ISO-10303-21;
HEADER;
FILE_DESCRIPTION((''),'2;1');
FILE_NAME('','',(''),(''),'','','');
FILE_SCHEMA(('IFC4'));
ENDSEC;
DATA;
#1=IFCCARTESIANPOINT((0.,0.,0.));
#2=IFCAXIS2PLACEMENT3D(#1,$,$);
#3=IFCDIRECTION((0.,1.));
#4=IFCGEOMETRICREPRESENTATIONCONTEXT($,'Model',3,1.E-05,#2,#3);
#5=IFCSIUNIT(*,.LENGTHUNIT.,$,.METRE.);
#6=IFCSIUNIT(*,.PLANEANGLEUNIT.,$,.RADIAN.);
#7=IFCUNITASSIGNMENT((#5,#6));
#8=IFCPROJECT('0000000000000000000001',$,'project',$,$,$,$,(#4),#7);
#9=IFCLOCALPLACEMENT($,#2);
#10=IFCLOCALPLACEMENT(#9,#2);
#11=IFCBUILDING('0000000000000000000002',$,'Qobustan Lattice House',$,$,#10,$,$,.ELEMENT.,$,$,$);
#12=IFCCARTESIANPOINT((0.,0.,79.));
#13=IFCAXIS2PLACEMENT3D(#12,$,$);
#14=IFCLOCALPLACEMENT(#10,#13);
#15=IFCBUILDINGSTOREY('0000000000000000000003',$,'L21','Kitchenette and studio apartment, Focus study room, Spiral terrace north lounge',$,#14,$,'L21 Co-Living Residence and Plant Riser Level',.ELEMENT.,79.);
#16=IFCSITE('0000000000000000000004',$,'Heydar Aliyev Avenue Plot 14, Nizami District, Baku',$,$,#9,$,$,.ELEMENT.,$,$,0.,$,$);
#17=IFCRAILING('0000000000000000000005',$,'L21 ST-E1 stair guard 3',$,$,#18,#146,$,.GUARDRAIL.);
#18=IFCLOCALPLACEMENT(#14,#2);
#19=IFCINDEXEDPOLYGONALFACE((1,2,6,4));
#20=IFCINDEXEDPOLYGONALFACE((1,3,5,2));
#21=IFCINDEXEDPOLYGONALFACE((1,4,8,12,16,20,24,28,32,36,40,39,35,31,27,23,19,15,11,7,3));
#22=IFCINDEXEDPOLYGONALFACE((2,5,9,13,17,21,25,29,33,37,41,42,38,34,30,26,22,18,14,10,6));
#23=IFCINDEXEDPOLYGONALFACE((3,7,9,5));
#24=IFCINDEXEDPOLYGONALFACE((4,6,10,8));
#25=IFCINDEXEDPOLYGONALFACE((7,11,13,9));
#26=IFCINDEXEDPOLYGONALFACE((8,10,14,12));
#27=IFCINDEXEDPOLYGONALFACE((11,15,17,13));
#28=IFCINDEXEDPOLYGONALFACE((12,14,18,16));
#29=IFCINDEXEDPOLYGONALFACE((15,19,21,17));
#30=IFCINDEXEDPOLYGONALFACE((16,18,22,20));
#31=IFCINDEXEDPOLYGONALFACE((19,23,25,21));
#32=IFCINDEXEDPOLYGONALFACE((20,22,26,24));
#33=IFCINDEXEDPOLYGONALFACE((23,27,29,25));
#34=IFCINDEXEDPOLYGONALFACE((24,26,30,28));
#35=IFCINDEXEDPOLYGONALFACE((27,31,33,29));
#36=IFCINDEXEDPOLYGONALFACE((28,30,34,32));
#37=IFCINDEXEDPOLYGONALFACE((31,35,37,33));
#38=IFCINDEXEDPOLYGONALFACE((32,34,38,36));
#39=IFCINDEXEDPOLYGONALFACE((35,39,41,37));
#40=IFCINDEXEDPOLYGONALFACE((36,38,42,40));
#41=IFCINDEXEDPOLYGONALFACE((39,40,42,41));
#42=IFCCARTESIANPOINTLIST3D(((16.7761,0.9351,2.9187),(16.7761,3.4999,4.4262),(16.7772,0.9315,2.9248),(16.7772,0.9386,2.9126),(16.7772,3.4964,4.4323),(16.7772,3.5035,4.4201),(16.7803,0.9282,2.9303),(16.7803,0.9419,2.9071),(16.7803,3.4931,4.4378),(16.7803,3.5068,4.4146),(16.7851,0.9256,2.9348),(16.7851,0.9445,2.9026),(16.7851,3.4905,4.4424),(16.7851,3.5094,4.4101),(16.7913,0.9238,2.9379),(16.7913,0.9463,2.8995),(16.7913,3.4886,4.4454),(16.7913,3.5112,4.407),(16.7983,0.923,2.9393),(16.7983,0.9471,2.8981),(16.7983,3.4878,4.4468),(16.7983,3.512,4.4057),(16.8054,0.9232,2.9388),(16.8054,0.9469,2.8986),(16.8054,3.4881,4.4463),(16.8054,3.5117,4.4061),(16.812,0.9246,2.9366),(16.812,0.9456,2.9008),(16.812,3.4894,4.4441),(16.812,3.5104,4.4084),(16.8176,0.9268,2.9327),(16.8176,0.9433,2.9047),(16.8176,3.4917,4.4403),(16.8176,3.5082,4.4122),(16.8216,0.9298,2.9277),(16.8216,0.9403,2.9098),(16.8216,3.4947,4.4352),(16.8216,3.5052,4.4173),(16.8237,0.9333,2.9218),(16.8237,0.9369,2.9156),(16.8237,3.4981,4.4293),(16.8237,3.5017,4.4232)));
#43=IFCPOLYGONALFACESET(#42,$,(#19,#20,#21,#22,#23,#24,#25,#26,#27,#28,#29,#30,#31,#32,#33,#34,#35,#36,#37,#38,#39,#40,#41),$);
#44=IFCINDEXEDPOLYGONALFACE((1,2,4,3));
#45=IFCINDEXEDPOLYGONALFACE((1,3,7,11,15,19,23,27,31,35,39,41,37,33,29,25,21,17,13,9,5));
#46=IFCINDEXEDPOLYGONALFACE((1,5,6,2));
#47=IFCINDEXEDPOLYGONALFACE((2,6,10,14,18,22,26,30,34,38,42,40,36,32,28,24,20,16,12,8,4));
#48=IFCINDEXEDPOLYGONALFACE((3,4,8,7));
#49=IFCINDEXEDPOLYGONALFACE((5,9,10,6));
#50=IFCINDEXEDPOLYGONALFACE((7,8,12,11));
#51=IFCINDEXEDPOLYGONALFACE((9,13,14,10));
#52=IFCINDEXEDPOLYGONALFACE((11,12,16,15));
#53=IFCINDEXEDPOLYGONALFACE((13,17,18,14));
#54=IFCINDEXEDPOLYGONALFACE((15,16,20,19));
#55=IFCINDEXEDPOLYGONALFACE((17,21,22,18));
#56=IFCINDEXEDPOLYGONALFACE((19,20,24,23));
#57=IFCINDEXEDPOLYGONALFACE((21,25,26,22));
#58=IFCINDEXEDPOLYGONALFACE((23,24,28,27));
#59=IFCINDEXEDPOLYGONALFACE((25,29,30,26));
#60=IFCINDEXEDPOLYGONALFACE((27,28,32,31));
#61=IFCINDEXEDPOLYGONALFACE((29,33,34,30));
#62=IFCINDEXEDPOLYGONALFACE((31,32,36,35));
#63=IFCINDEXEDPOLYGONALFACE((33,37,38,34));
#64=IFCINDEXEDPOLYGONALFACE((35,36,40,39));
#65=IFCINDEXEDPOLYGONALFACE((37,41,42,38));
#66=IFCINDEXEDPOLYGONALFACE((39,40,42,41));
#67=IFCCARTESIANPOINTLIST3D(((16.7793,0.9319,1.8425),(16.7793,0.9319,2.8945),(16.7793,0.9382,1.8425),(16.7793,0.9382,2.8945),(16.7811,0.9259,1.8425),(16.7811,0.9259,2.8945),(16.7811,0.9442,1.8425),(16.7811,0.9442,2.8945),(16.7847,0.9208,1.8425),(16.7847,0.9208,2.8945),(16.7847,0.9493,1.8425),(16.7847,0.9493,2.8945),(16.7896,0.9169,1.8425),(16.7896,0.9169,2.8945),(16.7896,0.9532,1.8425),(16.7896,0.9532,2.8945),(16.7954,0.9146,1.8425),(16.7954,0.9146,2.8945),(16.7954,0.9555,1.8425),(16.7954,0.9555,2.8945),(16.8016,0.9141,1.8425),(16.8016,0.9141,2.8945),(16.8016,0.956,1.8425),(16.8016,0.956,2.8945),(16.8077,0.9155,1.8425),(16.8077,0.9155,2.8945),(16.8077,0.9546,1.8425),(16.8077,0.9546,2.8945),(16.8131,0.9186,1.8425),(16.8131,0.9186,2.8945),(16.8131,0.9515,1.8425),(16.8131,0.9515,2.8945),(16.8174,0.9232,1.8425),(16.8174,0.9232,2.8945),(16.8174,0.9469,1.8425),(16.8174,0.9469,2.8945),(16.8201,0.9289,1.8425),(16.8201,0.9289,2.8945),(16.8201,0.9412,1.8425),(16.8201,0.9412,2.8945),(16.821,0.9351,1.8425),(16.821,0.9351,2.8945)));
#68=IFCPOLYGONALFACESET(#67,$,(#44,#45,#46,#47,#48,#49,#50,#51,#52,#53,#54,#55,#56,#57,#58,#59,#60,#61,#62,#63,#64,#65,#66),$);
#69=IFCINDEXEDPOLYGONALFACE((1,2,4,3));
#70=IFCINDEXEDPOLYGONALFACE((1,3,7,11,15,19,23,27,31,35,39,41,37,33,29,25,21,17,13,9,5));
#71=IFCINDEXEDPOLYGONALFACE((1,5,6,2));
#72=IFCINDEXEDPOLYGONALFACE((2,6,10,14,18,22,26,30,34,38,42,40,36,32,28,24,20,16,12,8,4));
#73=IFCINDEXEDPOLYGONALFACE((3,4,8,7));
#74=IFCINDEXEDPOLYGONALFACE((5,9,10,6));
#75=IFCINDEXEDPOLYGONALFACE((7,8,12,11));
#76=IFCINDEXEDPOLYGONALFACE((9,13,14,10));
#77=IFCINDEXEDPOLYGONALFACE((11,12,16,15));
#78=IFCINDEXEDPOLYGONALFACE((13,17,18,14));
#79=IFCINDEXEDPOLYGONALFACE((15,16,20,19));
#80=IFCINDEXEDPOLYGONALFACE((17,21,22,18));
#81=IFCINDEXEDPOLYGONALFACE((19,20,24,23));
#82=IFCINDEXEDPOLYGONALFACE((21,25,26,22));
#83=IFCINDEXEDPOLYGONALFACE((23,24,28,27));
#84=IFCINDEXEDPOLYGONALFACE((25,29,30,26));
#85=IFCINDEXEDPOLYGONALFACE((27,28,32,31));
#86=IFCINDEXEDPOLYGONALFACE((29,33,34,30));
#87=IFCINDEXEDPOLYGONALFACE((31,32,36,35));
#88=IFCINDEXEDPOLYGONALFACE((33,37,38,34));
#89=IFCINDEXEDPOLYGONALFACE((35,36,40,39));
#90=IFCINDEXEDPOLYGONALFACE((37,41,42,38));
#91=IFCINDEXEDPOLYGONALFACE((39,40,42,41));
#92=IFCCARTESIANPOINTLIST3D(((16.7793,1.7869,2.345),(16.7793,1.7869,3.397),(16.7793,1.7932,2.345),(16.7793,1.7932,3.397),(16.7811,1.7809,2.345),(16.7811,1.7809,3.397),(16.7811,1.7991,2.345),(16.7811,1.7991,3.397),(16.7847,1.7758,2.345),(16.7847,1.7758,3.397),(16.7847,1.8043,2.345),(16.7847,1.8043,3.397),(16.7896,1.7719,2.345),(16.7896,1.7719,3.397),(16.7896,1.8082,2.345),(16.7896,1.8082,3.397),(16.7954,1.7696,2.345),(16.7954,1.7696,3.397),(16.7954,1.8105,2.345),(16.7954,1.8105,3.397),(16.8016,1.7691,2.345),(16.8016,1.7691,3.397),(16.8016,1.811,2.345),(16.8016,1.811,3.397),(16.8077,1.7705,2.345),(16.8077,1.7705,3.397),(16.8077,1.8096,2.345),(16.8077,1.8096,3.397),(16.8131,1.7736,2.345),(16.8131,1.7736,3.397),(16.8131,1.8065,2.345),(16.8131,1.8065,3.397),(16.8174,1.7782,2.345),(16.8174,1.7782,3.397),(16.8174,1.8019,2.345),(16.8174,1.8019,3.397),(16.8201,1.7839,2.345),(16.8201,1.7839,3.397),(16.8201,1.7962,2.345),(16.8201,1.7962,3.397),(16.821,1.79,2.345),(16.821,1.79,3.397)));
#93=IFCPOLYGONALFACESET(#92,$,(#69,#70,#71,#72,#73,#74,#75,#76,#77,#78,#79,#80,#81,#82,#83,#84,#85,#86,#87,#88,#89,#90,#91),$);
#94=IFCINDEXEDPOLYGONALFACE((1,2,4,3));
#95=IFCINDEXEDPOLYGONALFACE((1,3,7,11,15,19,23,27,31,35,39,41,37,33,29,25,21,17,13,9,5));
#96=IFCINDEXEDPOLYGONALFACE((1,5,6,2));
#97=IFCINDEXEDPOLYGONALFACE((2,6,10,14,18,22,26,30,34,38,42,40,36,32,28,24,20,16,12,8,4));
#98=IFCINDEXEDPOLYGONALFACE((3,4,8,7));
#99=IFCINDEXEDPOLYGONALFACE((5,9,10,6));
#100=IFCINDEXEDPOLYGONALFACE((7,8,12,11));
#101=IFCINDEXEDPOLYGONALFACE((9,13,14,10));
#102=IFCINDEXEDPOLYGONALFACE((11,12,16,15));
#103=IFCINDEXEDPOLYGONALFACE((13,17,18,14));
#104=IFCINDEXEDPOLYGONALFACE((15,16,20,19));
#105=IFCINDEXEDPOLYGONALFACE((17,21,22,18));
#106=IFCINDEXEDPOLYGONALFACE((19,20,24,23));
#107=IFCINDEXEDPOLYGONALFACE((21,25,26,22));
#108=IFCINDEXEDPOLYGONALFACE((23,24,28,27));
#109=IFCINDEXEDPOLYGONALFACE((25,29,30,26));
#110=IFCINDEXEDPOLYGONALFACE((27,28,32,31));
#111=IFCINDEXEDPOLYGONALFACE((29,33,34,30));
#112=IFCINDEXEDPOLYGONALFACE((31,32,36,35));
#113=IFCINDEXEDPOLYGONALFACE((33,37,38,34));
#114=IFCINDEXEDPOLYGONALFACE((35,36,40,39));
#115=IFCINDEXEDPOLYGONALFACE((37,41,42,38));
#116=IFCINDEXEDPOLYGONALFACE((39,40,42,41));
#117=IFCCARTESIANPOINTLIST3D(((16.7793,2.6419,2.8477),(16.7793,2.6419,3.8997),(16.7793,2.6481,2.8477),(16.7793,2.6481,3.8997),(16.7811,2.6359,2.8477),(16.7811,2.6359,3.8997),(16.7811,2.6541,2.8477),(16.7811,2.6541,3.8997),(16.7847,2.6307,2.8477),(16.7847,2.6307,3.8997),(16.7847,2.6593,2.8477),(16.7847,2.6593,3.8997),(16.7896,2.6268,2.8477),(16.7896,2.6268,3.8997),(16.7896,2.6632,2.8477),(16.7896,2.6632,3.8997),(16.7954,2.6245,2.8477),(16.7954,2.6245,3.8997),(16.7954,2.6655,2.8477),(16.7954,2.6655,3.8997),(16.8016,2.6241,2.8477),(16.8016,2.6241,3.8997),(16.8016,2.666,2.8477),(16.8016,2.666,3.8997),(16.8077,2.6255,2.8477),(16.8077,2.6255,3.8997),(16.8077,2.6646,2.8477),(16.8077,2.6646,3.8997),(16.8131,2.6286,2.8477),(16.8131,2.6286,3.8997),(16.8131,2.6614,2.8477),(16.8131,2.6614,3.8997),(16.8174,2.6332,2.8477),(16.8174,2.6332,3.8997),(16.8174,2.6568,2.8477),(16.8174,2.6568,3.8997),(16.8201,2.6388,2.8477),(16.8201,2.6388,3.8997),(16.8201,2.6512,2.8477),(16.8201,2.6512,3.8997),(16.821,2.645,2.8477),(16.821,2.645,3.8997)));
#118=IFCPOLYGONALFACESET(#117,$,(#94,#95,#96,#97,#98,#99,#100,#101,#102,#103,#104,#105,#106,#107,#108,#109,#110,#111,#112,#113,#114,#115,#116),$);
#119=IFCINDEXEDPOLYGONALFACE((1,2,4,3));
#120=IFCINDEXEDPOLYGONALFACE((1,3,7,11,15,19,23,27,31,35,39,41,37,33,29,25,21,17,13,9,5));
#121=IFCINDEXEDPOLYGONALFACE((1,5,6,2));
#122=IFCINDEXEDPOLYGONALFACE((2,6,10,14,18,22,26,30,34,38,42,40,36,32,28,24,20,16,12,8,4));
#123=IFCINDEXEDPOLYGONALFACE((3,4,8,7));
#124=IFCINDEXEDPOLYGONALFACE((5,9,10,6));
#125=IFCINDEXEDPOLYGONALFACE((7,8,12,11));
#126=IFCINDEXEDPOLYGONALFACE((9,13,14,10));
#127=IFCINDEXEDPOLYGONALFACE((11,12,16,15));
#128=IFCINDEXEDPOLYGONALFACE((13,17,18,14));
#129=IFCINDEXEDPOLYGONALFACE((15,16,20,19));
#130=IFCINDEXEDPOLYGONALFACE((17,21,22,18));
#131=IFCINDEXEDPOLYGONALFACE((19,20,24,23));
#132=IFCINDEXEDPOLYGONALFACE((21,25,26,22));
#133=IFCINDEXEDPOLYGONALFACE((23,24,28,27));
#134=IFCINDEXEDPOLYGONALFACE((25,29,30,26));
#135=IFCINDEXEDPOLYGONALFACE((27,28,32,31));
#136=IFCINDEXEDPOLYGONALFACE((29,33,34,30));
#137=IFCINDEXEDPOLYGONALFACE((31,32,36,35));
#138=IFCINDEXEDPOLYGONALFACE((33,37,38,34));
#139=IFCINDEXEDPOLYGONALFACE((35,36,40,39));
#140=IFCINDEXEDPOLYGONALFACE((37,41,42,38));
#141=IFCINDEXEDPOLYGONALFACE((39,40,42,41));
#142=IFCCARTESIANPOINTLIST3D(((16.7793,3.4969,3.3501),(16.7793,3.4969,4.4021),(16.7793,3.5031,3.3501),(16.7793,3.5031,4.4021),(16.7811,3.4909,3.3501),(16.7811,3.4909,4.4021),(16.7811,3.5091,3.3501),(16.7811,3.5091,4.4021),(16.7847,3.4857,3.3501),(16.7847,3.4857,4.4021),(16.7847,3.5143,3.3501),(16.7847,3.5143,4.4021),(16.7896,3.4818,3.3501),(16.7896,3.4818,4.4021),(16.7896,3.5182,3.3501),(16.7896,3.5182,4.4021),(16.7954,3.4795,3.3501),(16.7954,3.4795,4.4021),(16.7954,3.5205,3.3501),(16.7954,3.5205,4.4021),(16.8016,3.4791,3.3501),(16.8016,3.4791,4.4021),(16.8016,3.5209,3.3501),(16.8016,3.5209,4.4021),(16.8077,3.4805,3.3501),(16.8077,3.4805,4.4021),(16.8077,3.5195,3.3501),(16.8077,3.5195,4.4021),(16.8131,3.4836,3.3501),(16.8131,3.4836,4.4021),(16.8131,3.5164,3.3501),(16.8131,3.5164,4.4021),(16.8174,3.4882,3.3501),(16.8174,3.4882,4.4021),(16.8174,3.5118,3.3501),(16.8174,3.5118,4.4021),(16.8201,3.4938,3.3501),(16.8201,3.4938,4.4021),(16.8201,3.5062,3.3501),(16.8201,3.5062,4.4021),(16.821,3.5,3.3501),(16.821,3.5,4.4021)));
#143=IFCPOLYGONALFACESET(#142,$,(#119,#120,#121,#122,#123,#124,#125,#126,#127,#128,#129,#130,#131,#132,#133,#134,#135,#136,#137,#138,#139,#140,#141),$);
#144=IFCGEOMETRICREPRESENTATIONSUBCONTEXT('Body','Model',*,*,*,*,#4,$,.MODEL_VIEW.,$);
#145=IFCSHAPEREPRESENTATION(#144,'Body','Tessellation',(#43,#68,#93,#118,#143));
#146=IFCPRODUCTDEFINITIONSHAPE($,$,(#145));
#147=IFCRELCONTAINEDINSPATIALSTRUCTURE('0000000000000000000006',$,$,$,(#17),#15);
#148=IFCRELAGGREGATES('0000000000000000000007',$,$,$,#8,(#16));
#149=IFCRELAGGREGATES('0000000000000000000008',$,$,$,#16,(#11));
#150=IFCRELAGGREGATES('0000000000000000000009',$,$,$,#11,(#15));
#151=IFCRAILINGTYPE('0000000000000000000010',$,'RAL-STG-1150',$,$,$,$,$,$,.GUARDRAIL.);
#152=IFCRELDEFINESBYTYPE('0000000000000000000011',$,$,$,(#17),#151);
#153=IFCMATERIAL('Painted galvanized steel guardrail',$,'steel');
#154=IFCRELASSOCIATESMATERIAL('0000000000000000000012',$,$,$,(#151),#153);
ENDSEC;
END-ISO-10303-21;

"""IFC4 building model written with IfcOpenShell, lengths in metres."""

from ifc_helpers import new_model, si_unit, direction, frame, origin, origin_2d, place, context, subcontext, project, spatial, circle, extrude, material, type_object, element, save


model = new_model("IFC4")

# Units and contexts
model_context = context("Model", 3, precision=1e-05, world=origin(), true_north=direction((0.0, 1.0)))
body_context = subcontext(model_context, "Body", "Model", "MODEL_VIEW")
ifc_project = project(units=[si_unit("LENGTHUNIT", "METRE"), si_unit("PLANEANGLEUNIT", "RADIAN")], contexts=[model_context])

# Site, building, storey
site_placement = place(None, origin())
site = spatial("IfcSite", under=ifc_project, at=site_placement, Name="Heydar Aliyev Avenue Plot 14, Nizami District, Baku", CompositionType="ELEMENT", RefElevation=0.0)
building_placement = place(site_placement, origin())
building = spatial("IfcBuilding", under=site, at=building_placement, Name="Qobustan Lattice House", CompositionType="ELEMENT")
storey_placement = place(building_placement, frame((0.0, 0.0, 79.0)))
storey = spatial("IfcBuildingStorey", under=building, at=storey_placement, Name="L21", Description="Kitchenette and studio apartment, Focus study room, Spiral terrace north lounge", LongName="L21 Co-Living Residence and Plant Riser Level", CompositionType="ELEMENT", Elevation=79.0)

# Railing
ifc_material_1 = material(Name="Painted galvanized steel guardrail", Category="steel")
railing_type_1 = type_object("IfcRailingType", Name="RAL-STG-1150", PredefinedType="GUARDRAIL", material=ifc_material_1)
railing_1_placement = place(storey_placement, frame((16.8, 0.9351, 1.8425)))
element("IfcRailing", 1, at=railing_1_placement, inside=storey, type_object=railing_type_1, Name="L21 ST-E1 stair guard 3", PredefinedType="GUARDRAIL", context=body_context, shape_type="SweptSolid", body=[
    extrude(circle(Radius=0.0239, at=origin_2d()), frame((0.0, 0.0, 1.0762), z_axis=(0.0, 0.862113, 0.506715), x_axis=(-1.0, 0.0, 0.0)), (0.0, 0.0, 1.0), 2.9751),
    extrude(circle(Radius=0.021, at=origin_2d()), origin(), (0.0, 0.0, 1.0), 1.052),
    extrude(circle(Radius=0.021, at=origin_2d()), frame((0.0, 0.855, 0.5024)), (0.0, 0.0, 1.0), 1.052),
    extrude(circle(Radius=0.021, at=origin_2d()), frame((0.0, 1.71, 1.0051)), (0.0, 0.0, 1.0), 1.052),
    extrude(circle(Radius=0.021, at=origin_2d()), frame((0.0, 2.5649, 1.5076)), (0.0, 0.0, 1.0), 1.052),
])

save(model, "model.ifc")
